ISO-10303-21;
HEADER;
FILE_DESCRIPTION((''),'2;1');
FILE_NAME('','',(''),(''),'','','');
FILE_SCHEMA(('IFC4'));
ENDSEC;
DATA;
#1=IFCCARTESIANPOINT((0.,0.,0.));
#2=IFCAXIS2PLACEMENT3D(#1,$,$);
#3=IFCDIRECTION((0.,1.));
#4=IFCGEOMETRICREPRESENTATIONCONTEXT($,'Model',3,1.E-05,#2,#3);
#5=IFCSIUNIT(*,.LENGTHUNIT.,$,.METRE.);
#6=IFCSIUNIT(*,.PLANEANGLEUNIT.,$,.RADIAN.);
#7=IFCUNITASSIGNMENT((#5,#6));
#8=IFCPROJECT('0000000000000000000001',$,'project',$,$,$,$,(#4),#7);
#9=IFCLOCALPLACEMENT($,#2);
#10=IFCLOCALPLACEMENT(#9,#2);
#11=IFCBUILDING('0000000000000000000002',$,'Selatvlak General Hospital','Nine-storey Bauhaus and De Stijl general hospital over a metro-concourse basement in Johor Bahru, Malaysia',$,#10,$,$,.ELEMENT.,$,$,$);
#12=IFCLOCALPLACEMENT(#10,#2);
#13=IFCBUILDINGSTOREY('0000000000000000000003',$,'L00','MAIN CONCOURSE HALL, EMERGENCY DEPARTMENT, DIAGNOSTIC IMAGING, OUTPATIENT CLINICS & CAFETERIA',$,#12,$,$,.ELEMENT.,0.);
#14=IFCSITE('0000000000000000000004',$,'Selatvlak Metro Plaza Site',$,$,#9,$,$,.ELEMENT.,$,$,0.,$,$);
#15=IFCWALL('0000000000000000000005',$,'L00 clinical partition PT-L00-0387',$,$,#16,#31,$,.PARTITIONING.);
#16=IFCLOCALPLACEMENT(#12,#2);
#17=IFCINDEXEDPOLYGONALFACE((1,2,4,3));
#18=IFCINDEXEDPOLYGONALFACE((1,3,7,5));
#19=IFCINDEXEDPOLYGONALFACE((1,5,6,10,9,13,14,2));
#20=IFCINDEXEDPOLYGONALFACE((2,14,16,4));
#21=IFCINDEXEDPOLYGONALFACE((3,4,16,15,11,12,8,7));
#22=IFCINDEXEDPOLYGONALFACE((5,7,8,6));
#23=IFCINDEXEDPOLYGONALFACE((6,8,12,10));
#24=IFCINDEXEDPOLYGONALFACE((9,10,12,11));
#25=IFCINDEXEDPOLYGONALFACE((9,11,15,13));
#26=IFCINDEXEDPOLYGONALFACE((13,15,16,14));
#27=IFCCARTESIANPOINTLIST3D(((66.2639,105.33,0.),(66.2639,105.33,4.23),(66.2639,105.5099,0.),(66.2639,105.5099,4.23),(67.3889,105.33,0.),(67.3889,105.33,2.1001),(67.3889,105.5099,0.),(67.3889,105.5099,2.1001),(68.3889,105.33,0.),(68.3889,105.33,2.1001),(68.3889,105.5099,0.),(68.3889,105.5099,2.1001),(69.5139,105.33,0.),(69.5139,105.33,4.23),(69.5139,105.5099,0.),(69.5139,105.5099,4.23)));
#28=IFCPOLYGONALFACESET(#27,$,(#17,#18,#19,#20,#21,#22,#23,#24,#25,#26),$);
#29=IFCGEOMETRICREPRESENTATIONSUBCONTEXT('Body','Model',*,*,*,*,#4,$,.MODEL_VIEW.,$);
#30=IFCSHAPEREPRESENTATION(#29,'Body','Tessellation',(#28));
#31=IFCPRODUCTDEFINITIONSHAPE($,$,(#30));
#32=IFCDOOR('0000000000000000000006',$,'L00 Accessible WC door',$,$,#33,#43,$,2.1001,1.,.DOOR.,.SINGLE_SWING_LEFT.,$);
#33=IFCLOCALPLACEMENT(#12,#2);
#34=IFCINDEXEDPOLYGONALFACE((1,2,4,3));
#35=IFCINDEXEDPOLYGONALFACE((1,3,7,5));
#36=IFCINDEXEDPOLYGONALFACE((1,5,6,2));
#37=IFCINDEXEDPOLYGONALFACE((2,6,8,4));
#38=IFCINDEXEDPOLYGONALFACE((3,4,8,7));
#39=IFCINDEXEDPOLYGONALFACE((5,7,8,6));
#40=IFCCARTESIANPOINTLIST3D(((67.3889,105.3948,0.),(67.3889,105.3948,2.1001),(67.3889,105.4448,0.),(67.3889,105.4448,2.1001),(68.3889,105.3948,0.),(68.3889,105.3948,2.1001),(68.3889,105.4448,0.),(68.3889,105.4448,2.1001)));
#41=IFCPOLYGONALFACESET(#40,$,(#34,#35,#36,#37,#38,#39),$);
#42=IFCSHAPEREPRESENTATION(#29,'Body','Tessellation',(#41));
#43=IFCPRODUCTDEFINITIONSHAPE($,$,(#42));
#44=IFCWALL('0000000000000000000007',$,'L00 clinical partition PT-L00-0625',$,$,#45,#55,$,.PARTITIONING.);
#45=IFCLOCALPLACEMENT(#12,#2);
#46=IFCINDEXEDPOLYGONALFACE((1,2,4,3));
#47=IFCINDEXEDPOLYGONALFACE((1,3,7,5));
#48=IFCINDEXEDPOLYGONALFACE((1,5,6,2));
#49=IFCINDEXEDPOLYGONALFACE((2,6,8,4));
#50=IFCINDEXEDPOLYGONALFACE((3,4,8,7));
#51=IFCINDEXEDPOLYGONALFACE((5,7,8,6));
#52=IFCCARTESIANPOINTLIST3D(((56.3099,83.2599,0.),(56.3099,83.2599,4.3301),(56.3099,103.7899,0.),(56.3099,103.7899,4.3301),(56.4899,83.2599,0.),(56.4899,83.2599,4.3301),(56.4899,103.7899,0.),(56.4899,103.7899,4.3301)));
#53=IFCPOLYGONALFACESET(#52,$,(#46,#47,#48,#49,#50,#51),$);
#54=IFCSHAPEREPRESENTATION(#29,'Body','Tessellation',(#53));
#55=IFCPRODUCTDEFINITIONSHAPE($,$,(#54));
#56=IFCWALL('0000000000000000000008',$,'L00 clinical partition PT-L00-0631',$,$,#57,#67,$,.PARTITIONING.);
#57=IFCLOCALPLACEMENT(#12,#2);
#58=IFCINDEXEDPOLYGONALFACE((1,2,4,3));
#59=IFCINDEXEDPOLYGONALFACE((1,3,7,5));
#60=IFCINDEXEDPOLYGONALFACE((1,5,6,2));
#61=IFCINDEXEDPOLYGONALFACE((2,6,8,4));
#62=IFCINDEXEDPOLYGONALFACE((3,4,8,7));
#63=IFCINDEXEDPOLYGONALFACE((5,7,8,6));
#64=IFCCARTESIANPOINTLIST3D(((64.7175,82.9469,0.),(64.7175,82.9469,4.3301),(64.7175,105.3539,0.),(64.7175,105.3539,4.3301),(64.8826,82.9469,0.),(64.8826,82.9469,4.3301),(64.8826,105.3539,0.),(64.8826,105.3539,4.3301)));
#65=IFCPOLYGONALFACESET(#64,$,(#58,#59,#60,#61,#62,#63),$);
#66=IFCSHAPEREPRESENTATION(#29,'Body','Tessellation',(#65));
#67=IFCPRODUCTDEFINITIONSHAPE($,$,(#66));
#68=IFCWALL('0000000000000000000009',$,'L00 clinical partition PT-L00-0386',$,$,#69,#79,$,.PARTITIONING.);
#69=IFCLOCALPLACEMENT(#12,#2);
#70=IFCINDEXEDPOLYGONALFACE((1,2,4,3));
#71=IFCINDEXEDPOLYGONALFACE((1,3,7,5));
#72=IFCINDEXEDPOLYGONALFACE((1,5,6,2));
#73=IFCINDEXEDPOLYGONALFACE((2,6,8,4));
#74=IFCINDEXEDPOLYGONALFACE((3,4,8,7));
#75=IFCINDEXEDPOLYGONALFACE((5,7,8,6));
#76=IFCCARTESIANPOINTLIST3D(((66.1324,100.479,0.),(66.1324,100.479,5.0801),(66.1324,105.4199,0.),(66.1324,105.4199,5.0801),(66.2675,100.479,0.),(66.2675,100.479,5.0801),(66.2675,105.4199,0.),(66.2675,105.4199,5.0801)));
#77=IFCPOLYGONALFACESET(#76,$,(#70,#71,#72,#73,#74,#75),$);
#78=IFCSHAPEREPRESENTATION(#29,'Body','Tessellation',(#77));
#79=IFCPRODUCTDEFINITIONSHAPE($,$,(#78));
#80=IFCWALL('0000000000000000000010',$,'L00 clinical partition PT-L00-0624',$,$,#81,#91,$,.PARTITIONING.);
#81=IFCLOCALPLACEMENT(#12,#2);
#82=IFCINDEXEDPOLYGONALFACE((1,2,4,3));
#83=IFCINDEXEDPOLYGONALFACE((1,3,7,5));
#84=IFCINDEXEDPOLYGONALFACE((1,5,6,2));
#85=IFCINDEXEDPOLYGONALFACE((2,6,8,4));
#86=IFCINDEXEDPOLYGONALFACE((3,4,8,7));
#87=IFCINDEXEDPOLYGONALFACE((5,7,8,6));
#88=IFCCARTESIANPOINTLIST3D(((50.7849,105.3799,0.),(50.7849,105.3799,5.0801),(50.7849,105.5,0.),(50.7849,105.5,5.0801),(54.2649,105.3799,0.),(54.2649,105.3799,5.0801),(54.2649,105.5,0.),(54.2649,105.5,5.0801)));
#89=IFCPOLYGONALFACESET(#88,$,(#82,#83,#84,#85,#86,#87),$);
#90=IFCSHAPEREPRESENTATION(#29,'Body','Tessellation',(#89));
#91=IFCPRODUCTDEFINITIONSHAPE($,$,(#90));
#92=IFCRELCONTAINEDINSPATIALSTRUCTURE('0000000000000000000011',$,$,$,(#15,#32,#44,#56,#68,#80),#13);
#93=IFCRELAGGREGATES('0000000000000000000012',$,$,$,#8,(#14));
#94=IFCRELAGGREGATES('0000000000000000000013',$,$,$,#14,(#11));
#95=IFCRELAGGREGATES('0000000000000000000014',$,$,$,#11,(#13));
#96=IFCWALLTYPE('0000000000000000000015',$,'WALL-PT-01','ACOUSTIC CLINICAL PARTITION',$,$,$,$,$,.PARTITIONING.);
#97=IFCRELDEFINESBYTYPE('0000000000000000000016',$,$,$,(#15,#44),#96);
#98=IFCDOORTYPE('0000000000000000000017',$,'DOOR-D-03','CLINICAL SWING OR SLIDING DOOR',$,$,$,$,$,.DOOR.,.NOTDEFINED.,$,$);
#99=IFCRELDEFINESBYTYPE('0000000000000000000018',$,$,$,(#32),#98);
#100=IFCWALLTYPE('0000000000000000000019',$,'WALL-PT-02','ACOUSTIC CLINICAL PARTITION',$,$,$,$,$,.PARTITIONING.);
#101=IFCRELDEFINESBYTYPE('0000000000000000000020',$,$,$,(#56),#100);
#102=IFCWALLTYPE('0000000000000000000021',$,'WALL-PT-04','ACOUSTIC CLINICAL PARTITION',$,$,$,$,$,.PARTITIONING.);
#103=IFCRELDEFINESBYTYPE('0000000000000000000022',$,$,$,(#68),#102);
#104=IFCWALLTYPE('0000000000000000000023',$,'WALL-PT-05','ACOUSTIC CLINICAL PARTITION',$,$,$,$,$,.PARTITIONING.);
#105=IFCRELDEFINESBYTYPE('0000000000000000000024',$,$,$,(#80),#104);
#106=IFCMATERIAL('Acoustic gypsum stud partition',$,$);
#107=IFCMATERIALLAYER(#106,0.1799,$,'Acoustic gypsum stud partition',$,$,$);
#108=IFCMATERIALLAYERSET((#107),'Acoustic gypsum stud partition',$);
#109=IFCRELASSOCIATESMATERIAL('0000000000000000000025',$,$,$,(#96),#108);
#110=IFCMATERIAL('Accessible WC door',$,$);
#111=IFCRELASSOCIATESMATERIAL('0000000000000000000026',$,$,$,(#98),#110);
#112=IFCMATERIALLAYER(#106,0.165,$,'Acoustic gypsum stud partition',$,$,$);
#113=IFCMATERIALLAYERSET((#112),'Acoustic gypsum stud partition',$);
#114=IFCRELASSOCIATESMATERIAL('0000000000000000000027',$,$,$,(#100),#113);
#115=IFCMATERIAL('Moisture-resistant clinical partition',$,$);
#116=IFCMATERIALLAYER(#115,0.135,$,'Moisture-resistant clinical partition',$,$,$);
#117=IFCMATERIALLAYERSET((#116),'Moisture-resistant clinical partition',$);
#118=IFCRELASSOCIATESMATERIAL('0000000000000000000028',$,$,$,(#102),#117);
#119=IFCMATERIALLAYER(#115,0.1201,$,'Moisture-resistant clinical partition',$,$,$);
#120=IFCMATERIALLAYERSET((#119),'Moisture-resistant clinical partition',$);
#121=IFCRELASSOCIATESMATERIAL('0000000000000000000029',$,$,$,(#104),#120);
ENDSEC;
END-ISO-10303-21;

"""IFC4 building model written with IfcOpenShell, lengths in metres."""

from ifc_helpers import new_model, si_unit, direction, frame, frame_2d, origin, place, context, subcontext, project, spatial, rectangle, extrude, material, layer, layer_set, type_object, element, fill, save


model = new_model("IFC4")

# Units and contexts
model_context = context("Model", 3, precision=1e-05, world=origin(), true_north=direction((0.0, 1.0)))
body_context = subcontext(model_context, "Body", "Model", "MODEL_VIEW")
ifc_project = project(units=[si_unit("LENGTHUNIT", "METRE"), si_unit("PLANEANGLEUNIT", "RADIAN")], contexts=[model_context])

# Site, building, storey
site_placement = place(None, origin())
site = spatial("IfcSite", under=ifc_project, at=site_placement, Name="Selatvlak Metro Plaza Site", CompositionType="ELEMENT", RefElevation=0.0)
building_placement = place(site_placement, origin())
building = spatial("IfcBuilding", under=site, at=building_placement, Name="Selatvlak General Hospital", Description="Nine-storey Bauhaus and De Stijl general hospital over a metro-concourse basement in Johor Bahru, Malaysia", CompositionType="ELEMENT")
storey_placement = place(building_placement, origin())
storey = spatial("IfcBuildingStorey", under=building, at=storey_placement, Name="L00", Description="MAIN CONCOURSE HALL, EMERGENCY DEPARTMENT, DIAGNOSTIC IMAGING, OUTPATIENT CLINICS & CAFETERIA", CompositionType="ELEMENT", Elevation=0.0)

# Wall, opening, door
ifc_material_1 = material(Name="Acoustic gypsum stud partition")
ifc_layer_1 = layer(ifc_material_1, 0.1799, Name="Acoustic gypsum stud partition")
ifc_layer_set_1 = layer_set([ifc_layer_1], Name="Acoustic gypsum stud partition")
wall_type_1 = type_object("IfcWallType", Name="WALL-PT-01", Description="ACOUSTIC CLINICAL PARTITION", PredefinedType="PARTITIONING", material=ifc_layer_set_1)
wall_1_placement = place(storey_placement, frame((66.2639, 105.4199, 0.0), z_axis=(0.0, 0.0, 1.0), x_axis=(1.0, 0.0, 0.0)))
wall_1 = element("IfcWall", 1, at=wall_1_placement, inside=storey, type_object=wall_type_1, Name="L00 clinical partition PT-L00-0387", PredefinedType="PARTITIONING", context=body_context, shape_type="SweptSolid", body=[
    extrude(rectangle(XDim=3.25, YDim=0.1799, at=frame_2d((1.625, 0.0))), origin(), (0.0, 0.0, 1.0), 4.23),
])
opening_1_placement = place(wall_1_placement, frame((1.125, 0.0, 0.0)))
opening_1 = element("IfcOpeningElement", 2, at=opening_1_placement, cuts=wall_1, PredefinedType="OPENING", context=body_context, shape_type="SweptSolid", body=[
    extrude(rectangle(XDim=1.0, YDim=2.1001, at=frame_2d((0.5, 1.05))), frame((0.0, 0.0999, 0.0), z_axis=(0.0, -1.0, 0.0), x_axis=(1.0, 0.0, 0.0)), (0.0, 0.0, 1.0), 0.2),
])
ifc_material_2 = material(Name="Accessible WC door")
door_type_1 = type_object("IfcDoorType", Name="DOOR-D-03", Description="CLINICAL SWING OR SLIDING DOOR", OperationType="NOTDEFINED", PredefinedType="DOOR", material=ifc_material_2)
door_1_placement = place(opening_1_placement, origin())
door_1 = element("IfcDoor", 3, at=door_1_placement, inside=storey, type_object=door_type_1, Name="L00 Accessible WC door", OperationType="SINGLE_SWING_LEFT", OverallHeight=2.1001, OverallWidth=1.0, PredefinedType="DOOR", context=body_context, shape_type="SweptSolid", body=[
    extrude(rectangle(XDim=1.0, YDim=2.1001, at=frame_2d((0.5, 1.05))), frame((0.0, 0.0249, 0.0), z_axis=(0.0, -1.0, 0.0), x_axis=(1.0, 0.0, 0.0)), (0.0, 0.0, 1.0), 0.05),
])
fill(opening_1, door_1)

# Wall
wall_2_placement = place(storey_placement, frame((56.3999, 103.79, 0.0), z_axis=(0.0, 0.0, 1.0), x_axis=(0.0, -1.0, 0.0)))
element("IfcWall", 4, at=wall_2_placement, inside=storey, type_object=wall_type_1, Name="L00 clinical partition PT-L00-0625", PredefinedType="PARTITIONING", context=body_context, shape_type="SweptSolid", body=[
    extrude(rectangle(XDim=20.53, YDim=0.1799, at=frame_2d((10.2651, 0.0))), origin(), (0.0, 0.0, 1.0), 4.3301),
])

# Walls
ifc_layer_2 = layer(ifc_material_1, 0.165, Name="Acoustic gypsum stud partition")
ifc_layer_set_2 = layer_set([ifc_layer_2], Name="Acoustic gypsum stud partition")
wall_type_2 = type_object("IfcWallType", Name="WALL-PT-02", Description="ACOUSTIC CLINICAL PARTITION", PredefinedType="PARTITIONING", material=ifc_layer_set_2)
wall_3_placement = place(storey_placement, frame((64.8, 105.354, 0.0), z_axis=(0.0, 0.0, 1.0), x_axis=(0.0, -1.0, 0.0)))
element("IfcWall", 5, at=wall_3_placement, inside=storey, type_object=wall_type_2, Name="L00 clinical partition PT-L00-0631", PredefinedType="PARTITIONING", context=body_context, shape_type="SweptSolid", body=[
    extrude(rectangle(XDim=22.407, YDim=0.165, at=frame_2d((11.2036, 0.0))), origin(), (0.0, 0.0, 1.0), 4.3301),
])
ifc_material_3 = material(Name="Moisture-resistant clinical partition")
ifc_layer_3 = layer(ifc_material_3, 0.135, Name="Moisture-resistant clinical partition")
ifc_layer_set_3 = layer_set([ifc_layer_3], Name="Moisture-resistant clinical partition")
wall_type_3 = type_object("IfcWallType", Name="WALL-PT-04", Description="ACOUSTIC CLINICAL PARTITION", PredefinedType="PARTITIONING", material=ifc_layer_set_3)
wall_4_placement = place(storey_placement, frame((66.2, 100.479, 0.0), z_axis=(0.0, 0.0, 1.0), x_axis=(0.0, 1.0, 0.0)))
element("IfcWall", 6, at=wall_4_placement, inside=storey, type_object=wall_type_3, Name="L00 clinical partition PT-L00-0386", PredefinedType="PARTITIONING", context=body_context, shape_type="SweptSolid", body=[
    extrude(rectangle(XDim=4.9409, YDim=0.135, at=frame_2d((2.4705, 0.0))), origin(), (0.0, 0.0, 1.0), 5.0801),
])
ifc_layer_4 = layer(ifc_material_3, 0.1201, Name="Moisture-resistant clinical partition")
ifc_layer_set_4 = layer_set([ifc_layer_4], Name="Moisture-resistant clinical partition")
wall_type_4 = type_object("IfcWallType", Name="WALL-PT-05", Description="ACOUSTIC CLINICAL PARTITION", PredefinedType="PARTITIONING", material=ifc_layer_set_4)
wall_5_placement = place(storey_placement, frame((50.7849, 105.4399, 0.0), z_axis=(0.0, 0.0, 1.0), x_axis=(1.0, 0.0, 0.0)))
element("IfcWall", 7, at=wall_5_placement, inside=storey, type_object=wall_type_4, Name="L00 clinical partition PT-L00-0624", PredefinedType="PARTITIONING", context=body_context, shape_type="SweptSolid", body=[
    extrude(rectangle(XDim=3.48, YDim=0.1201, at=frame_2d((1.74, 0.0))), origin(), (0.0, 0.0, 1.0), 5.0801),
])

save(model, "model.ifc")
